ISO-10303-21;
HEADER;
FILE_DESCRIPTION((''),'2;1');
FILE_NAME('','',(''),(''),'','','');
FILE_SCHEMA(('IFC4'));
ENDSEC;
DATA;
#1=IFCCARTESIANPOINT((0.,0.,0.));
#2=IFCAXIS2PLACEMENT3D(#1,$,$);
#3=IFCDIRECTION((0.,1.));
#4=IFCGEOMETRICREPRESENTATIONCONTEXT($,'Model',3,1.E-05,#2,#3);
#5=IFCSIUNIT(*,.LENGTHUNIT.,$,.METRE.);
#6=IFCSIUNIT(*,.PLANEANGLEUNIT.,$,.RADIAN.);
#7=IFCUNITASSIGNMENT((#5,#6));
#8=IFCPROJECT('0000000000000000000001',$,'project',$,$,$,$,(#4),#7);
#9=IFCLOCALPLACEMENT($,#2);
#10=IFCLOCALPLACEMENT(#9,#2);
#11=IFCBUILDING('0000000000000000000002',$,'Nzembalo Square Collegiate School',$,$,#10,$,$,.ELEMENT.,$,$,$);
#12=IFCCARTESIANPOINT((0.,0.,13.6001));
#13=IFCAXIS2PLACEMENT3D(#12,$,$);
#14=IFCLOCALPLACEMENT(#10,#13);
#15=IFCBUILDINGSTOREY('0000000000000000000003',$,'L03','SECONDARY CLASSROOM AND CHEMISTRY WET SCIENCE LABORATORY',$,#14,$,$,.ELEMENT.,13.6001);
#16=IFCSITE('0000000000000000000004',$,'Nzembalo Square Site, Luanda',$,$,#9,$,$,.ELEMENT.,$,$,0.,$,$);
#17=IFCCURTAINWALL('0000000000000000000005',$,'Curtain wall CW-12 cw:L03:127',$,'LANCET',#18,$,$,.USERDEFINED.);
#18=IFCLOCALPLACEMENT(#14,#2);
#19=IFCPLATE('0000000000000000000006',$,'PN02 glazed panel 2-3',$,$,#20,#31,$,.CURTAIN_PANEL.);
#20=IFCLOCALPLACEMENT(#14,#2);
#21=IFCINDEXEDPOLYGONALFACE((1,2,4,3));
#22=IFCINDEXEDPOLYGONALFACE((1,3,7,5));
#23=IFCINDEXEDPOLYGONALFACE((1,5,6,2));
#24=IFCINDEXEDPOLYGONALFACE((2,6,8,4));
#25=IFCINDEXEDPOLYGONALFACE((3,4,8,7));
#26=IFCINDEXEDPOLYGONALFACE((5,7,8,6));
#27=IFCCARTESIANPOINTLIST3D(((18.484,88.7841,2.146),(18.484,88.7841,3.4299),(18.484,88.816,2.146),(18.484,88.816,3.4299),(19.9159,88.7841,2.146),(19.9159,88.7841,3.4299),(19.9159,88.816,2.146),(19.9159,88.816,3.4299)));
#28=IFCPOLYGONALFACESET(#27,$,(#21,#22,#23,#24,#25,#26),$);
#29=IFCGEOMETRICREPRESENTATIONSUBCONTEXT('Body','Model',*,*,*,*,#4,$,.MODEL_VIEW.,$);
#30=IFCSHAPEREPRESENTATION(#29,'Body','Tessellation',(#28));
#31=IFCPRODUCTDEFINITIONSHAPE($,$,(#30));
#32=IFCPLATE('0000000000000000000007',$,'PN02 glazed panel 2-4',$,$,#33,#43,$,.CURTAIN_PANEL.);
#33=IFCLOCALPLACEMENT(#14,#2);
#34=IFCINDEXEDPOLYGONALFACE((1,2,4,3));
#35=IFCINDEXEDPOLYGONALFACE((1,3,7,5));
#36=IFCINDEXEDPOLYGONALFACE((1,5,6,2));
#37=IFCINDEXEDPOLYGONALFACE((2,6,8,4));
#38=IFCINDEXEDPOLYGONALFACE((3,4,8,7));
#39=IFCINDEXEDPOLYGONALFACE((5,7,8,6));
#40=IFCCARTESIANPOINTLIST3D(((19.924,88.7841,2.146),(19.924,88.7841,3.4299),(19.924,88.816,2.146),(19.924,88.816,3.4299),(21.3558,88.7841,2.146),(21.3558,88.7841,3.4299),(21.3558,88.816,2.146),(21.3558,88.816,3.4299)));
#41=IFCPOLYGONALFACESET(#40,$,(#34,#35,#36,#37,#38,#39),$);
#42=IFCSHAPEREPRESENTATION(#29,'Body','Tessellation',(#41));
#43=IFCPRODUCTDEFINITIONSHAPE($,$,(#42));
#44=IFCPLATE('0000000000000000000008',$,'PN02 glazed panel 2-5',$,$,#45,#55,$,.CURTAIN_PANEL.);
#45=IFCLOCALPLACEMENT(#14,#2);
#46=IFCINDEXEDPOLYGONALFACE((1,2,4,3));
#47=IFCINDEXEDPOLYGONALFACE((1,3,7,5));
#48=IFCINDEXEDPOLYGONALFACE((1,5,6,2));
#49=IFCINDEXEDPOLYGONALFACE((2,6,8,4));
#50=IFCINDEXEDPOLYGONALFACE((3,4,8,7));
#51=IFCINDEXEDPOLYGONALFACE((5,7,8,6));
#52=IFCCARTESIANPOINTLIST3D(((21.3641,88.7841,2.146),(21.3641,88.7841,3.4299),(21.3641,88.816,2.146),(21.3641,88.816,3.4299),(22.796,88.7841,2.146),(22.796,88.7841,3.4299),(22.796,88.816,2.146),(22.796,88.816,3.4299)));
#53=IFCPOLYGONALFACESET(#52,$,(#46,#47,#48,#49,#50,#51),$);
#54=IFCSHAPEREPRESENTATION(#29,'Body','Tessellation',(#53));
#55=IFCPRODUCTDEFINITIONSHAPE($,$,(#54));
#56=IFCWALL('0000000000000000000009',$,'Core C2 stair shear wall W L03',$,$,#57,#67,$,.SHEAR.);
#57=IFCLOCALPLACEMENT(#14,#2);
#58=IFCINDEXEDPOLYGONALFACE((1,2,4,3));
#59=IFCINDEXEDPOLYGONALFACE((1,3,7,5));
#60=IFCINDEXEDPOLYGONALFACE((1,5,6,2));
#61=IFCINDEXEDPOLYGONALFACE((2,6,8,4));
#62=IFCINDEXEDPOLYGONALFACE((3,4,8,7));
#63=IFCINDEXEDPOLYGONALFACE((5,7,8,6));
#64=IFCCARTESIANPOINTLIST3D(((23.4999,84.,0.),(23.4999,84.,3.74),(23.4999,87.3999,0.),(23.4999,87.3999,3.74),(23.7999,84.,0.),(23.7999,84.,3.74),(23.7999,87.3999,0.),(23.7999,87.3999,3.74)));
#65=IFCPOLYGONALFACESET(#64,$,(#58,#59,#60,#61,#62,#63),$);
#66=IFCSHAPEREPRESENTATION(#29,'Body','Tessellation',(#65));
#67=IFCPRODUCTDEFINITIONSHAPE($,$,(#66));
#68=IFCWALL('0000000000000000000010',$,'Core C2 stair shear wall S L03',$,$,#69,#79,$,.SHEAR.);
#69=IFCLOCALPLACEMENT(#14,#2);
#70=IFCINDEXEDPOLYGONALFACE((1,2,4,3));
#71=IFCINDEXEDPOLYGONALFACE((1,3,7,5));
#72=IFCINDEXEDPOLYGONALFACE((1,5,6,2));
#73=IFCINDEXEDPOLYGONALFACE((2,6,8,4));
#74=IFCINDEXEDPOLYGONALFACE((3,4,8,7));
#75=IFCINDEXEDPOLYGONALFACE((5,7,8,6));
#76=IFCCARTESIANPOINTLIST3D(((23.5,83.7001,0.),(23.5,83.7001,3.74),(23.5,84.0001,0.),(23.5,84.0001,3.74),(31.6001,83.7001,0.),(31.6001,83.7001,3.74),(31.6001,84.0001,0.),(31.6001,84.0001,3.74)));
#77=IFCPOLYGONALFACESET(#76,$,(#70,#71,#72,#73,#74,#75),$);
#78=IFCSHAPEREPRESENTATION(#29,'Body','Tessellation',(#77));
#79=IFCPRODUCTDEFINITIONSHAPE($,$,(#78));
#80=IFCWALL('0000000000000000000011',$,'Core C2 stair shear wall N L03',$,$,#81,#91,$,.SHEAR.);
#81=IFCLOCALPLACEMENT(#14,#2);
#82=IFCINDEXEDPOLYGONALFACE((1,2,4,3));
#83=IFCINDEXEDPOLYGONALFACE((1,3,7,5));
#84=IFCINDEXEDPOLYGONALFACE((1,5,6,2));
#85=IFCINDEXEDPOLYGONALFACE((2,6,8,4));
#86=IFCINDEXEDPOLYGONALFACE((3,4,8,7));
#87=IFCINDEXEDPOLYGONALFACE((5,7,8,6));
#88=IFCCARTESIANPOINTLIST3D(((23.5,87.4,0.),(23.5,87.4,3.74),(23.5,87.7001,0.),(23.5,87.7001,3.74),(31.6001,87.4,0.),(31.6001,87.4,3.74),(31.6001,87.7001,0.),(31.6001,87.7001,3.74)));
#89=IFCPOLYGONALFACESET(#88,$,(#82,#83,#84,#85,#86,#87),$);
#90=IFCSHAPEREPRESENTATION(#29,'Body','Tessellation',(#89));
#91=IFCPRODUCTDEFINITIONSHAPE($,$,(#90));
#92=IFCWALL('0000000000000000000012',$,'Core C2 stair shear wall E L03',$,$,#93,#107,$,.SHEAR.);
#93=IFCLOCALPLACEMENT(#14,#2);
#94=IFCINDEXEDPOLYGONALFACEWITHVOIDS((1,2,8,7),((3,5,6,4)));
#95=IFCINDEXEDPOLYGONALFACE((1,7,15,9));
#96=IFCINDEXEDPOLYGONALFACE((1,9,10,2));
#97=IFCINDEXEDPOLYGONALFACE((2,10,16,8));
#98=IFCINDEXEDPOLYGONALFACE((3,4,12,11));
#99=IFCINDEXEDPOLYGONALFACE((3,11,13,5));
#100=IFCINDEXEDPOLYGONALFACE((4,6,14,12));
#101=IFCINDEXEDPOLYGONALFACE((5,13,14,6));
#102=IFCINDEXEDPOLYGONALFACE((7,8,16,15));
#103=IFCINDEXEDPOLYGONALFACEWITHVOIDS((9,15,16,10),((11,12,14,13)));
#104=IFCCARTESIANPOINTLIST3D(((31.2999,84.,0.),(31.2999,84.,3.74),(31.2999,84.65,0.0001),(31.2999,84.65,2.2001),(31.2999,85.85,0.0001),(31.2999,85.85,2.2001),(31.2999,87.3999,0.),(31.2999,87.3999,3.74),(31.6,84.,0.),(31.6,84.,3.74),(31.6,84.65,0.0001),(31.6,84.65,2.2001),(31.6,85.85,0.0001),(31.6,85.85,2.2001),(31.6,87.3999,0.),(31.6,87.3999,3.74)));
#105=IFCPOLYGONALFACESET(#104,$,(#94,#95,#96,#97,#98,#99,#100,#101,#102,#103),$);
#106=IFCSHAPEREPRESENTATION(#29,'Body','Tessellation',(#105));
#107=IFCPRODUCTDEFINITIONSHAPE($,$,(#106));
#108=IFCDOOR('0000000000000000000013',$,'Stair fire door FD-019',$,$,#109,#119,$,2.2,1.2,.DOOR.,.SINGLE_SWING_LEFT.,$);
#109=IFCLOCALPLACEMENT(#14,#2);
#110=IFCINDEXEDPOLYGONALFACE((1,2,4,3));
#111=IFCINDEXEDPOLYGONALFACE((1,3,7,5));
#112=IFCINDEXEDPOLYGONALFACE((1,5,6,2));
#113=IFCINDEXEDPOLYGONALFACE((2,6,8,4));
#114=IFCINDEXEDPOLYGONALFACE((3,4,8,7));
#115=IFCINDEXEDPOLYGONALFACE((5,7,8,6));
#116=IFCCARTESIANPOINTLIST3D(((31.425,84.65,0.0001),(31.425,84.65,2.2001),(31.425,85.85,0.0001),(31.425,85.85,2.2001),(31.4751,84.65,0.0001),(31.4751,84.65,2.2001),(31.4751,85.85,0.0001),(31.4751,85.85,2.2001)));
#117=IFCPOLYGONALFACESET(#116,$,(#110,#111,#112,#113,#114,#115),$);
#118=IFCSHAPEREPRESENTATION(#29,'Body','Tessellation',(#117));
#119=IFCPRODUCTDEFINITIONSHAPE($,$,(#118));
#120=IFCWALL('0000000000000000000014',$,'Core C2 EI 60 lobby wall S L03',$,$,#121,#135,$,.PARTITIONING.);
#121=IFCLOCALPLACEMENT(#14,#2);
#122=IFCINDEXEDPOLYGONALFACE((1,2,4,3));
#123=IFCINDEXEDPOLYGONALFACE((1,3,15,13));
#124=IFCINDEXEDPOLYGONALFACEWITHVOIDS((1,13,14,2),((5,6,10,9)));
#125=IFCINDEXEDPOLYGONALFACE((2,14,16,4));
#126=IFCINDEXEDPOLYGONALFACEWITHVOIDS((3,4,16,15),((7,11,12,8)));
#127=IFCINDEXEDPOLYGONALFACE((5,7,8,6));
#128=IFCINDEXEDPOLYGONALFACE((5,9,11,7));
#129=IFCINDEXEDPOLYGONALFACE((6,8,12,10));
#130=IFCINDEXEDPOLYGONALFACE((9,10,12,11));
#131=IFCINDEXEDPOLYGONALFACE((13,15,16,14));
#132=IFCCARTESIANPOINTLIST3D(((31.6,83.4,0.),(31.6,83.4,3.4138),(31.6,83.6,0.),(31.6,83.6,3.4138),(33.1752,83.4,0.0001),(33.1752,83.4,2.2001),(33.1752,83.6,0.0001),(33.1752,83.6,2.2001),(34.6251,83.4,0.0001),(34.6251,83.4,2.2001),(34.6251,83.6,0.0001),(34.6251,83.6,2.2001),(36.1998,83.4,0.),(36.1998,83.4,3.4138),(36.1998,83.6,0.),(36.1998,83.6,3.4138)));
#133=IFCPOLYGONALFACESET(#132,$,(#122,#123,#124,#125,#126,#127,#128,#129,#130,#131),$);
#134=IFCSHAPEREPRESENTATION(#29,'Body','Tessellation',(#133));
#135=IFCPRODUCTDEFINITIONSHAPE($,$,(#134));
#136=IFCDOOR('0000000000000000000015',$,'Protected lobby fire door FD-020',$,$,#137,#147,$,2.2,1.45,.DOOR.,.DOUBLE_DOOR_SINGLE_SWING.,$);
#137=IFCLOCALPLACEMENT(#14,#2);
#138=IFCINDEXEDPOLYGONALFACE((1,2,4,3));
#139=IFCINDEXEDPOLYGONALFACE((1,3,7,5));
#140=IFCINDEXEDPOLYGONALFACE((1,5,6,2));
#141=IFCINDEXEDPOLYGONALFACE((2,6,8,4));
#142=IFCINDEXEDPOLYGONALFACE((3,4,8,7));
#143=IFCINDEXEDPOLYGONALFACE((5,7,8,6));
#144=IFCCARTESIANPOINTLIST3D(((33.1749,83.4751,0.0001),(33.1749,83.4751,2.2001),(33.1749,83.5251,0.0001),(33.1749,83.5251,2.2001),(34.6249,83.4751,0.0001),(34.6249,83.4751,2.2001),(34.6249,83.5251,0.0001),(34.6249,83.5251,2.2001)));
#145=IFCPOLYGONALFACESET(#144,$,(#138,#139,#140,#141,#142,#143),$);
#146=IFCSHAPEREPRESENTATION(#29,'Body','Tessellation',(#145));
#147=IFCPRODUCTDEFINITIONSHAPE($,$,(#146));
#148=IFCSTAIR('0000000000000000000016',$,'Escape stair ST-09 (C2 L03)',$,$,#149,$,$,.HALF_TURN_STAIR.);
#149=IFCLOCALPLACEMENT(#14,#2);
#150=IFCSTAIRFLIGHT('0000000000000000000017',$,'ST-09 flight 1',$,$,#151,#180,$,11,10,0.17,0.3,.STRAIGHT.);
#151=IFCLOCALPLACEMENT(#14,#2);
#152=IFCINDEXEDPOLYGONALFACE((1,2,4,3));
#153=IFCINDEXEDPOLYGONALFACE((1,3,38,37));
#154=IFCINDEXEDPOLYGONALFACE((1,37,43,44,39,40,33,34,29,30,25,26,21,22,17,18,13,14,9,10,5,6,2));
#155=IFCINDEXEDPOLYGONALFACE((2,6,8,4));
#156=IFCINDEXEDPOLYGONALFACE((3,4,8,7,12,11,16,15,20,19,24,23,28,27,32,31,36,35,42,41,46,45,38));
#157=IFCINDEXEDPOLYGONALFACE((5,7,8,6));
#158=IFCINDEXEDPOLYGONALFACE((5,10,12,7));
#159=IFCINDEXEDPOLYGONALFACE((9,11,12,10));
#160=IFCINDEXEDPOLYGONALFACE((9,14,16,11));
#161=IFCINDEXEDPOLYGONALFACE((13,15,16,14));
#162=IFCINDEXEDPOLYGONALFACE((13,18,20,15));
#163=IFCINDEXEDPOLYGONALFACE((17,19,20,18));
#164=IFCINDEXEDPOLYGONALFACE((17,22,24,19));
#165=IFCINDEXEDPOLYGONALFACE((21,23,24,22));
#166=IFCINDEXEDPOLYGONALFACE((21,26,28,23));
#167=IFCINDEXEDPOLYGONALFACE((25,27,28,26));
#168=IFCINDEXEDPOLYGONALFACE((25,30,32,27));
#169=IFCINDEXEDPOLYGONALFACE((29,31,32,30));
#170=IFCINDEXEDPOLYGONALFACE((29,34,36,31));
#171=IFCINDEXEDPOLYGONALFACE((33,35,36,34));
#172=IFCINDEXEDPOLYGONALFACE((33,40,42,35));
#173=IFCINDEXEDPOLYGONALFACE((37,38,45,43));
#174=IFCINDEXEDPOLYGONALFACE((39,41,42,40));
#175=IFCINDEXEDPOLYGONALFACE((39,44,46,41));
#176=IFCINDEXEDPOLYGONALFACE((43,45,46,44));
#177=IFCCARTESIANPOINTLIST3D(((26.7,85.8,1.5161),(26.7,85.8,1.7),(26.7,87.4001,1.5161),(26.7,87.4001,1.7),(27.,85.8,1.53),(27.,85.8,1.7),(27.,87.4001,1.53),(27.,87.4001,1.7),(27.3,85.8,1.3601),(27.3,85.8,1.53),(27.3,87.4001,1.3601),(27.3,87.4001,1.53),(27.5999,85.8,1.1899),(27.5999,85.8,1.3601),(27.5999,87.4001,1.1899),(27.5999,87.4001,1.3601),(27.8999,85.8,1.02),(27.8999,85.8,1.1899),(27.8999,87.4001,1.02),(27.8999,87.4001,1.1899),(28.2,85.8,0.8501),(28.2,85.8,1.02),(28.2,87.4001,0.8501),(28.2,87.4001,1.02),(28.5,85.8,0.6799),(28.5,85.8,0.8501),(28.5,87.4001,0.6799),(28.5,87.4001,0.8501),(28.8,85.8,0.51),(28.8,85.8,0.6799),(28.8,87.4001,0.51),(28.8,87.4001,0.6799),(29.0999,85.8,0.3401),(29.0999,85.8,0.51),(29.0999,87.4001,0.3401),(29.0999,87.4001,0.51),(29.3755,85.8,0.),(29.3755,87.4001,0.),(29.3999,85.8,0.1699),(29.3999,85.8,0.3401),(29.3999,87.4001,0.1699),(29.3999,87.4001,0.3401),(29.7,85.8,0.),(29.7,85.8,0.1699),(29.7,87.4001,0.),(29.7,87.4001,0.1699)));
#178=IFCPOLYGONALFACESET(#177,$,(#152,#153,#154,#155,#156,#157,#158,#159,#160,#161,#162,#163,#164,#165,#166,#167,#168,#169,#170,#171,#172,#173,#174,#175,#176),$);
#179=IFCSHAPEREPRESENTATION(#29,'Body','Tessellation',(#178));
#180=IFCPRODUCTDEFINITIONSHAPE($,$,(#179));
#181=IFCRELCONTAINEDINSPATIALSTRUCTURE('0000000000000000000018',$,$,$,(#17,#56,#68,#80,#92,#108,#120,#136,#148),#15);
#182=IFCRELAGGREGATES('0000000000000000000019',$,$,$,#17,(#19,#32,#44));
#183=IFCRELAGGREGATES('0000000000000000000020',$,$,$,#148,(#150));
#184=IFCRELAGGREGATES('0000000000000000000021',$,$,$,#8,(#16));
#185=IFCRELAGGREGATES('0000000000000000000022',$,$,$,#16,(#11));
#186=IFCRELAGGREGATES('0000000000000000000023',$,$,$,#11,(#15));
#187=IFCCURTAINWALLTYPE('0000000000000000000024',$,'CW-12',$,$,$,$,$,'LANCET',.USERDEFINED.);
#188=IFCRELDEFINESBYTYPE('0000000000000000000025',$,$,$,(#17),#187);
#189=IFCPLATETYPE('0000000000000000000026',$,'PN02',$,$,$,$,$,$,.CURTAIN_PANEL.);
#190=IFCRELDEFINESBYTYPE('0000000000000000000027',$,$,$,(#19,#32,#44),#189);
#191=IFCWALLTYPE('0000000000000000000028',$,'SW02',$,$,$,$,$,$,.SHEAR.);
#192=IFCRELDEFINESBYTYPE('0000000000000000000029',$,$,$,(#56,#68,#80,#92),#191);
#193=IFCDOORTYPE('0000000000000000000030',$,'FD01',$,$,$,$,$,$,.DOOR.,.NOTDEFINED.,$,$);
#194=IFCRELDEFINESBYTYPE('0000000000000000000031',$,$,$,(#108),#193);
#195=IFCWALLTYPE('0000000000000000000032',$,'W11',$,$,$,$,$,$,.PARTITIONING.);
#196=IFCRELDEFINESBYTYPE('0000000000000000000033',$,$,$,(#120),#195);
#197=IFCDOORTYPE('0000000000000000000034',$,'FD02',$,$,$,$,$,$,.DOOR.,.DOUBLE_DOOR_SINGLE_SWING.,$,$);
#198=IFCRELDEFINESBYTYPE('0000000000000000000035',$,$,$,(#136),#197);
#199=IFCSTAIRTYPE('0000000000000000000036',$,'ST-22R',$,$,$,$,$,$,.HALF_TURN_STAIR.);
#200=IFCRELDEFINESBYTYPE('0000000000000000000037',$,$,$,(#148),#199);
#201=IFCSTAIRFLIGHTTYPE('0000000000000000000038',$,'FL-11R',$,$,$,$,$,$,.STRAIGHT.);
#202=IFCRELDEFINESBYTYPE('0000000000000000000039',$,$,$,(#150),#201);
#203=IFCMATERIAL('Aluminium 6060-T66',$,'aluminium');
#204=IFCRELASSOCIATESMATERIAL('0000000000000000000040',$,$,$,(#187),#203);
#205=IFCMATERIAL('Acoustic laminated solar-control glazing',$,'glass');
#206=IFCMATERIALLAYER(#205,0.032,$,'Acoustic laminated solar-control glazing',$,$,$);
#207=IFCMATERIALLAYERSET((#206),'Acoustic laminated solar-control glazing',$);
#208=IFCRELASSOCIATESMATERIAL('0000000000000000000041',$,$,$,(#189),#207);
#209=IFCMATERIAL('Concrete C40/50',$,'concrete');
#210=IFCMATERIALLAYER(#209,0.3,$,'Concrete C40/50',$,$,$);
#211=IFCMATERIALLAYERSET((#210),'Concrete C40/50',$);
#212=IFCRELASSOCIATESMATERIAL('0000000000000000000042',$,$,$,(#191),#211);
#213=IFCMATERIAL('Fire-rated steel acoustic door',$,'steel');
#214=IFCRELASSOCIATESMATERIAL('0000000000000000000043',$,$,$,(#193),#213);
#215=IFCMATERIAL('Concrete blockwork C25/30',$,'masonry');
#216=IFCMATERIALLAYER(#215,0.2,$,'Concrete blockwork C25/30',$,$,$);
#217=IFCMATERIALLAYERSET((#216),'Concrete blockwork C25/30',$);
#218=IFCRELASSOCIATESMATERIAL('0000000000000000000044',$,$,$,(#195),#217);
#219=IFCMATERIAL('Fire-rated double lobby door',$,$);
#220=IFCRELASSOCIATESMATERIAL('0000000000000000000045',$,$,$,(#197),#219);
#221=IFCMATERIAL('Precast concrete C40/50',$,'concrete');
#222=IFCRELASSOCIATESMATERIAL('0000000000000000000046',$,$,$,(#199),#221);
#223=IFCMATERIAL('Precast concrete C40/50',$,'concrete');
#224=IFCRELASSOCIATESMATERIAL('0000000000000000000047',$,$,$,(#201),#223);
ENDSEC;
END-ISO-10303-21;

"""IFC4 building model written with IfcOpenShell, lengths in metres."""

from ifc_helpers import new_model, si_unit, direction, frame, frame_2d, origin, origin_2d, place, context, subcontext, project, spatial, polyline, rectangle, outline, extrude, material, layer, layer_set, type_object, element, fill, aggregate, save


model = new_model("IFC4")

# Units and contexts
model_context = context("Model", 3, precision=1e-05, world=origin(), true_north=direction((0.0, 1.0)))
body_context = subcontext(model_context, "Body", "Model", "MODEL_VIEW")
ifc_project = project(units=[si_unit("LENGTHUNIT", "METRE"), si_unit("PLANEANGLEUNIT", "RADIAN")], contexts=[model_context])

# Site, building, storey
site_placement = place(None, origin())
site = spatial("IfcSite", under=ifc_project, at=site_placement, Name="Nzembalo Square Site, Luanda", CompositionType="ELEMENT", RefElevation=0.0)
building_placement = place(site_placement, origin())
building = spatial("IfcBuilding", under=site, at=building_placement, Name="Nzembalo Square Collegiate School", CompositionType="ELEMENT")
storey_placement = place(building_placement, frame((0.0, 0.0, 13.6001)))
storey = spatial("IfcBuildingStorey", under=building, at=storey_placement, Name="L03", Description="SECONDARY CLASSROOM AND CHEMISTRY WET SCIENCE LABORATORY", CompositionType="ELEMENT", Elevation=13.6001)

# Curtain wall, plates
ifc_material_1 = material(Name="Aluminium 6060-T66", Category="aluminium")
curtain_wall_type = type_object("IfcCurtainWallType", Name="CW-12", ElementType="LANCET", PredefinedType="USERDEFINED", material=ifc_material_1)
curtain_wall_placement = place(storey_placement, origin())
curtain_wall = element("IfcCurtainWall", 1, at=curtain_wall_placement, inside=storey, type_object=curtain_wall_type, Name="Curtain wall CW-12 cw:L03:127", ObjectType="LANCET", PredefinedType="USERDEFINED")
ifc_material_2 = material(Name="Acoustic laminated solar-control glazing", Category="glass")
ifc_layer_1 = layer(ifc_material_2, 0.032, Name="Acoustic laminated solar-control glazing")
ifc_layer_set_1 = layer_set([ifc_layer_1], Name="Acoustic laminated solar-control glazing")
plate_type = type_object("IfcPlateType", Name="PN02", PredefinedType="CURTAIN_PANEL", material=ifc_layer_set_1)
plate_1_placement = place(storey_placement, frame((19.2, 88.8, 2.146), z_axis=(0.0, 0.0, 1.0), x_axis=(1.0, 0.0, 0.0)))
plate_1 = element("IfcPlate", 2, at=plate_1_placement, type_object=plate_type, Name="PN02 glazed panel 2-3", PredefinedType="CURTAIN_PANEL", context=body_context, shape_type="SweptSolid", body=[
    extrude(rectangle(XDim=1.4319, YDim=0.032, at=origin_2d()), origin(), (0.0, 0.0, 1.0), 1.2839),
])
plate_2_placement = place(storey_placement, frame((20.6399, 88.8, 2.146), z_axis=(0.0, 0.0, 1.0), x_axis=(1.0, 0.0, 0.0)))
plate_2 = element("IfcPlate", 3, at=plate_2_placement, type_object=plate_type, Name="PN02 glazed panel 2-4", PredefinedType="CURTAIN_PANEL", context=body_context, shape_type="SweptSolid", body=[
    extrude(rectangle(XDim=1.4319, YDim=0.032, at=origin_2d()), origin(), (0.0, 0.0, 1.0), 1.2839),
])
plate_3_placement = place(storey_placement, frame((22.0801, 88.8, 2.146), z_axis=(0.0, 0.0, 1.0), x_axis=(1.0, 0.0, 0.0)))
plate_3 = element("IfcPlate", 4, at=plate_3_placement, type_object=plate_type, Name="PN02 glazed panel 2-5", PredefinedType="CURTAIN_PANEL", context=body_context, shape_type="SweptSolid", body=[
    extrude(rectangle(XDim=1.4319, YDim=0.032, at=origin_2d()), origin(), (0.0, 0.0, 1.0), 1.2839),
])
aggregate(curtain_wall, [plate_1, plate_2, plate_3])

# Walls
ifc_material_3 = material(Name="Concrete C40/50", Category="concrete")
ifc_layer_2 = layer(ifc_material_3, 0.3, Name="Concrete C40/50")
ifc_layer_set_2 = layer_set([ifc_layer_2], Name="Concrete C40/50")
wall_type_1 = type_object("IfcWallType", Name="SW02", PredefinedType="SHEAR", material=ifc_layer_set_2)
wall_1_placement = place(storey_placement, frame((23.6499, 84.0, 0.0), z_axis=(0.0, 0.0, 1.0), x_axis=(0.0, 1.0, 0.0)))
element("IfcWall", 5, at=wall_1_placement, inside=storey, type_object=wall_type_1, Name="Core C2 stair shear wall W L03", PredefinedType="SHEAR", context=body_context, shape_type="SweptSolid", body=[
    extrude(rectangle(XDim=3.3999, YDim=0.3, at=frame_2d((1.7, 0.0))), origin(), (0.0, 0.0, 1.0), 3.74),
])
for number, where, z_axis, x_axis, name in (
    (6, (23.5, 83.8501, 0.0), (0.0, 0.0, 1.0), (1.0, 0.0, 0.0), "Core C2 stair shear wall S L03"),
    (7, (23.5, 87.55, 0.0), (0.0, 0.0, 1.0), (1.0, 0.0, 0.0), "Core C2 stair shear wall N L03"),
):
    element("IfcWall", number, at=place(storey_placement, frame(where, z_axis=z_axis, x_axis=x_axis)), inside=storey, type_object=wall_type_1, Name=name, PredefinedType="SHEAR", context=body_context, shape_type="SweptSolid", body=[
        extrude(rectangle(XDim=8.1001, YDim=0.3, at=frame_2d((4.05, 0.0))), origin(), (0.0, 0.0, 1.0), 3.74),
    ])

# Walls, openings, doors
wall_2_placement = place(storey_placement, frame((31.45, 84.0, 0.0), z_axis=(0.0, 0.0, 1.0), x_axis=(0.0, 1.0, 0.0)))
wall_2 = element("IfcWall", 8, at=wall_2_placement, inside=storey, type_object=wall_type_1, Name="Core C2 stair shear wall E L03", PredefinedType="SHEAR", context=body_context, shape_type="SweptSolid", body=[
    extrude(rectangle(XDim=3.3999, YDim=0.3, at=frame_2d((1.7, 0.0))), origin(), (0.0, 0.0, 1.0), 3.74),
])
opening_1_placement = place(wall_2_placement, frame((0.6499, 0.0, 0.0)))
opening_1 = element("IfcOpeningElement", 9, at=opening_1_placement, cuts=wall_2, PredefinedType="OPENING", context=body_context, shape_type="SweptSolid", body=[
    extrude(rectangle(XDim=1.2, YDim=2.2, at=frame_2d((0.6001, 1.1001))), frame((0.0, 0.1602, 0.0), z_axis=(0.0, -1.0, 0.0), x_axis=(1.0, 0.0, 0.0)), (0.0, 0.0, 1.0), 0.3201),
])
ifc_material_4 = material(Name="Fire-rated steel acoustic door", Category="steel")
door_type_1 = type_object("IfcDoorType", Name="FD01", OperationType="NOTDEFINED", PredefinedType="DOOR", material=ifc_material_4)
door_1_placement = place(opening_1_placement, origin())
door_1 = element("IfcDoor", 10, at=door_1_placement, inside=storey, type_object=door_type_1, Name="Stair fire door FD-019", OperationType="SINGLE_SWING_LEFT", OverallHeight=2.2, OverallWidth=1.2, PredefinedType="DOOR", context=body_context, shape_type="SweptSolid", body=[
    extrude(rectangle(XDim=1.2, YDim=2.2, at=frame_2d((0.6001, 1.1001))), frame((0.0, 0.0249, 0.0), z_axis=(0.0, -1.0, 0.0), x_axis=(1.0, 0.0, 0.0)), (0.0, 0.0, 1.0), 0.05),
])
fill(opening_1, door_1)
ifc_material_5 = material(Name="Concrete blockwork C25/30", Category="masonry")
ifc_layer_3 = layer(ifc_material_5, 0.2, Name="Concrete blockwork C25/30")
ifc_layer_set_3 = layer_set([ifc_layer_3], Name="Concrete blockwork C25/30")
wall_type_2 = type_object("IfcWallType", Name="W11", PredefinedType="PARTITIONING", material=ifc_layer_set_3)
wall_3_placement = place(storey_placement, frame((31.6001, 83.5, 0.0), z_axis=(0.0, 0.0, 1.0), x_axis=(1.0, 0.0, 0.0)))
wall_3 = element("IfcWall", 11, at=wall_3_placement, inside=storey, type_object=wall_type_2, Name="Core C2 EI 60 lobby wall S L03", PredefinedType="PARTITIONING", context=body_context, shape_type="SweptSolid", body=[
    extrude(rectangle(XDim=4.5999, YDim=0.2, at=frame_2d((2.2998, 0.0))), origin(), (0.0, 0.0, 1.0), 3.4138),
])
opening_2_placement = place(wall_3_placement, frame((1.575, 0.0, 0.0)))
opening_2 = element("IfcOpeningElement", 12, at=opening_2_placement, cuts=wall_3, PredefinedType="OPENING", context=body_context, shape_type="SweptSolid", body=[
    extrude(rectangle(XDim=1.45, YDim=2.2, at=frame_2d((0.7251, 1.1001))), frame((0.0, 0.1099, 0.0), z_axis=(0.0, -1.0, 0.0), x_axis=(1.0, 0.0, 0.0)), (0.0, 0.0, 1.0), 0.22),
])
ifc_material_6 = material(Name="Fire-rated double lobby door")
door_type_2 = type_object("IfcDoorType", Name="FD02", OperationType="DOUBLE_DOOR_SINGLE_SWING", PredefinedType="DOOR", material=ifc_material_6)
door_2_placement = place(opening_2_placement, frame((1.45, 0.0, 0.0), z_axis=(0.0, 0.0, 1.0), x_axis=(-1.0, 0.0, 0.0)))
door_2 = element("IfcDoor", 13, at=door_2_placement, inside=storey, type_object=door_type_2, Name="Protected lobby fire door FD-020", OperationType="DOUBLE_DOOR_SINGLE_SWING", OverallHeight=2.2, OverallWidth=1.45, PredefinedType="DOOR", context=body_context, shape_type="SweptSolid", body=[
    extrude(rectangle(XDim=1.45, YDim=2.2, at=frame_2d((0.7251, 1.1001))), frame((0.0, 0.0249, 0.0), z_axis=(0.0, -1.0, 0.0), x_axis=(1.0, 0.0, 0.0)), (0.0, 0.0, 1.0), 0.05),
])
fill(opening_2, door_2)

# Stair, stair flight
ifc_material_7 = material(Name="Precast concrete C40/50", Category="concrete")
stair_type = type_object("IfcStairType", Name="ST-22R", PredefinedType="HALF_TURN_STAIR", material=ifc_material_7)
stair_placement = place(storey_placement, origin())
stair = element("IfcStair", 14, at=stair_placement, inside=storey, type_object=stair_type, Name="Escape stair ST-09 (C2 L03)", PredefinedType="HALF_TURN_STAIR")
ifc_material_8 = material(Name="Precast concrete C40/50", Category="concrete")
stair_flight_type = type_object("IfcStairFlightType", Name="FL-11R", PredefinedType="STRAIGHT", material=ifc_material_8)
stair_flight_1_placement = place(storey_placement, frame((29.7, 86.6001, 0.0), z_axis=(0.0, 0.0, 1.0), x_axis=(-1.0, 0.0, 0.0)))
stair_flight_1 = element("IfcStairFlight", 15, at=stair_flight_1_placement, type_object=stair_flight_type, Name="ST-09 flight 1", NumberOfRisers=11, NumberOfTreads=10, PredefinedType="STRAIGHT", RiserHeight=0.17, TreadLength=0.3, context=body_context, shape_type="SweptSolid", body=[
    extrude(outline(polyline([(0.0, 0.0), (0.0, 0.1699), (0.3, 0.1699), (0.3, 0.3401), (0.6001, 0.3401), (0.6001, 0.51), (0.8999, 0.51), (0.8999, 0.6799), (1.2, 0.6799), (1.2, 0.8501), (1.5, 0.8501), (1.5, 1.02), (1.8, 1.02), (1.8, 1.1899), (2.1001, 1.1899), (2.1001, 1.3601), (2.3999, 1.3601), (2.3999, 1.53), (2.7, 1.53), (2.7, 1.7), (3.0, 1.7), (3.0, 1.8701), (3.0, 1.5161), (0.3245, 0.0), (0.0, 0.0)])), frame((0.0, 0.8, 0.0), z_axis=(0.0, -1.0, 0.0), x_axis=(1.0, 0.0, 0.0)), (0.0, 0.0, 1.0), 1.6001),
])
aggregate(stair, [stair_flight_1])

save(model, "model.ifc")
